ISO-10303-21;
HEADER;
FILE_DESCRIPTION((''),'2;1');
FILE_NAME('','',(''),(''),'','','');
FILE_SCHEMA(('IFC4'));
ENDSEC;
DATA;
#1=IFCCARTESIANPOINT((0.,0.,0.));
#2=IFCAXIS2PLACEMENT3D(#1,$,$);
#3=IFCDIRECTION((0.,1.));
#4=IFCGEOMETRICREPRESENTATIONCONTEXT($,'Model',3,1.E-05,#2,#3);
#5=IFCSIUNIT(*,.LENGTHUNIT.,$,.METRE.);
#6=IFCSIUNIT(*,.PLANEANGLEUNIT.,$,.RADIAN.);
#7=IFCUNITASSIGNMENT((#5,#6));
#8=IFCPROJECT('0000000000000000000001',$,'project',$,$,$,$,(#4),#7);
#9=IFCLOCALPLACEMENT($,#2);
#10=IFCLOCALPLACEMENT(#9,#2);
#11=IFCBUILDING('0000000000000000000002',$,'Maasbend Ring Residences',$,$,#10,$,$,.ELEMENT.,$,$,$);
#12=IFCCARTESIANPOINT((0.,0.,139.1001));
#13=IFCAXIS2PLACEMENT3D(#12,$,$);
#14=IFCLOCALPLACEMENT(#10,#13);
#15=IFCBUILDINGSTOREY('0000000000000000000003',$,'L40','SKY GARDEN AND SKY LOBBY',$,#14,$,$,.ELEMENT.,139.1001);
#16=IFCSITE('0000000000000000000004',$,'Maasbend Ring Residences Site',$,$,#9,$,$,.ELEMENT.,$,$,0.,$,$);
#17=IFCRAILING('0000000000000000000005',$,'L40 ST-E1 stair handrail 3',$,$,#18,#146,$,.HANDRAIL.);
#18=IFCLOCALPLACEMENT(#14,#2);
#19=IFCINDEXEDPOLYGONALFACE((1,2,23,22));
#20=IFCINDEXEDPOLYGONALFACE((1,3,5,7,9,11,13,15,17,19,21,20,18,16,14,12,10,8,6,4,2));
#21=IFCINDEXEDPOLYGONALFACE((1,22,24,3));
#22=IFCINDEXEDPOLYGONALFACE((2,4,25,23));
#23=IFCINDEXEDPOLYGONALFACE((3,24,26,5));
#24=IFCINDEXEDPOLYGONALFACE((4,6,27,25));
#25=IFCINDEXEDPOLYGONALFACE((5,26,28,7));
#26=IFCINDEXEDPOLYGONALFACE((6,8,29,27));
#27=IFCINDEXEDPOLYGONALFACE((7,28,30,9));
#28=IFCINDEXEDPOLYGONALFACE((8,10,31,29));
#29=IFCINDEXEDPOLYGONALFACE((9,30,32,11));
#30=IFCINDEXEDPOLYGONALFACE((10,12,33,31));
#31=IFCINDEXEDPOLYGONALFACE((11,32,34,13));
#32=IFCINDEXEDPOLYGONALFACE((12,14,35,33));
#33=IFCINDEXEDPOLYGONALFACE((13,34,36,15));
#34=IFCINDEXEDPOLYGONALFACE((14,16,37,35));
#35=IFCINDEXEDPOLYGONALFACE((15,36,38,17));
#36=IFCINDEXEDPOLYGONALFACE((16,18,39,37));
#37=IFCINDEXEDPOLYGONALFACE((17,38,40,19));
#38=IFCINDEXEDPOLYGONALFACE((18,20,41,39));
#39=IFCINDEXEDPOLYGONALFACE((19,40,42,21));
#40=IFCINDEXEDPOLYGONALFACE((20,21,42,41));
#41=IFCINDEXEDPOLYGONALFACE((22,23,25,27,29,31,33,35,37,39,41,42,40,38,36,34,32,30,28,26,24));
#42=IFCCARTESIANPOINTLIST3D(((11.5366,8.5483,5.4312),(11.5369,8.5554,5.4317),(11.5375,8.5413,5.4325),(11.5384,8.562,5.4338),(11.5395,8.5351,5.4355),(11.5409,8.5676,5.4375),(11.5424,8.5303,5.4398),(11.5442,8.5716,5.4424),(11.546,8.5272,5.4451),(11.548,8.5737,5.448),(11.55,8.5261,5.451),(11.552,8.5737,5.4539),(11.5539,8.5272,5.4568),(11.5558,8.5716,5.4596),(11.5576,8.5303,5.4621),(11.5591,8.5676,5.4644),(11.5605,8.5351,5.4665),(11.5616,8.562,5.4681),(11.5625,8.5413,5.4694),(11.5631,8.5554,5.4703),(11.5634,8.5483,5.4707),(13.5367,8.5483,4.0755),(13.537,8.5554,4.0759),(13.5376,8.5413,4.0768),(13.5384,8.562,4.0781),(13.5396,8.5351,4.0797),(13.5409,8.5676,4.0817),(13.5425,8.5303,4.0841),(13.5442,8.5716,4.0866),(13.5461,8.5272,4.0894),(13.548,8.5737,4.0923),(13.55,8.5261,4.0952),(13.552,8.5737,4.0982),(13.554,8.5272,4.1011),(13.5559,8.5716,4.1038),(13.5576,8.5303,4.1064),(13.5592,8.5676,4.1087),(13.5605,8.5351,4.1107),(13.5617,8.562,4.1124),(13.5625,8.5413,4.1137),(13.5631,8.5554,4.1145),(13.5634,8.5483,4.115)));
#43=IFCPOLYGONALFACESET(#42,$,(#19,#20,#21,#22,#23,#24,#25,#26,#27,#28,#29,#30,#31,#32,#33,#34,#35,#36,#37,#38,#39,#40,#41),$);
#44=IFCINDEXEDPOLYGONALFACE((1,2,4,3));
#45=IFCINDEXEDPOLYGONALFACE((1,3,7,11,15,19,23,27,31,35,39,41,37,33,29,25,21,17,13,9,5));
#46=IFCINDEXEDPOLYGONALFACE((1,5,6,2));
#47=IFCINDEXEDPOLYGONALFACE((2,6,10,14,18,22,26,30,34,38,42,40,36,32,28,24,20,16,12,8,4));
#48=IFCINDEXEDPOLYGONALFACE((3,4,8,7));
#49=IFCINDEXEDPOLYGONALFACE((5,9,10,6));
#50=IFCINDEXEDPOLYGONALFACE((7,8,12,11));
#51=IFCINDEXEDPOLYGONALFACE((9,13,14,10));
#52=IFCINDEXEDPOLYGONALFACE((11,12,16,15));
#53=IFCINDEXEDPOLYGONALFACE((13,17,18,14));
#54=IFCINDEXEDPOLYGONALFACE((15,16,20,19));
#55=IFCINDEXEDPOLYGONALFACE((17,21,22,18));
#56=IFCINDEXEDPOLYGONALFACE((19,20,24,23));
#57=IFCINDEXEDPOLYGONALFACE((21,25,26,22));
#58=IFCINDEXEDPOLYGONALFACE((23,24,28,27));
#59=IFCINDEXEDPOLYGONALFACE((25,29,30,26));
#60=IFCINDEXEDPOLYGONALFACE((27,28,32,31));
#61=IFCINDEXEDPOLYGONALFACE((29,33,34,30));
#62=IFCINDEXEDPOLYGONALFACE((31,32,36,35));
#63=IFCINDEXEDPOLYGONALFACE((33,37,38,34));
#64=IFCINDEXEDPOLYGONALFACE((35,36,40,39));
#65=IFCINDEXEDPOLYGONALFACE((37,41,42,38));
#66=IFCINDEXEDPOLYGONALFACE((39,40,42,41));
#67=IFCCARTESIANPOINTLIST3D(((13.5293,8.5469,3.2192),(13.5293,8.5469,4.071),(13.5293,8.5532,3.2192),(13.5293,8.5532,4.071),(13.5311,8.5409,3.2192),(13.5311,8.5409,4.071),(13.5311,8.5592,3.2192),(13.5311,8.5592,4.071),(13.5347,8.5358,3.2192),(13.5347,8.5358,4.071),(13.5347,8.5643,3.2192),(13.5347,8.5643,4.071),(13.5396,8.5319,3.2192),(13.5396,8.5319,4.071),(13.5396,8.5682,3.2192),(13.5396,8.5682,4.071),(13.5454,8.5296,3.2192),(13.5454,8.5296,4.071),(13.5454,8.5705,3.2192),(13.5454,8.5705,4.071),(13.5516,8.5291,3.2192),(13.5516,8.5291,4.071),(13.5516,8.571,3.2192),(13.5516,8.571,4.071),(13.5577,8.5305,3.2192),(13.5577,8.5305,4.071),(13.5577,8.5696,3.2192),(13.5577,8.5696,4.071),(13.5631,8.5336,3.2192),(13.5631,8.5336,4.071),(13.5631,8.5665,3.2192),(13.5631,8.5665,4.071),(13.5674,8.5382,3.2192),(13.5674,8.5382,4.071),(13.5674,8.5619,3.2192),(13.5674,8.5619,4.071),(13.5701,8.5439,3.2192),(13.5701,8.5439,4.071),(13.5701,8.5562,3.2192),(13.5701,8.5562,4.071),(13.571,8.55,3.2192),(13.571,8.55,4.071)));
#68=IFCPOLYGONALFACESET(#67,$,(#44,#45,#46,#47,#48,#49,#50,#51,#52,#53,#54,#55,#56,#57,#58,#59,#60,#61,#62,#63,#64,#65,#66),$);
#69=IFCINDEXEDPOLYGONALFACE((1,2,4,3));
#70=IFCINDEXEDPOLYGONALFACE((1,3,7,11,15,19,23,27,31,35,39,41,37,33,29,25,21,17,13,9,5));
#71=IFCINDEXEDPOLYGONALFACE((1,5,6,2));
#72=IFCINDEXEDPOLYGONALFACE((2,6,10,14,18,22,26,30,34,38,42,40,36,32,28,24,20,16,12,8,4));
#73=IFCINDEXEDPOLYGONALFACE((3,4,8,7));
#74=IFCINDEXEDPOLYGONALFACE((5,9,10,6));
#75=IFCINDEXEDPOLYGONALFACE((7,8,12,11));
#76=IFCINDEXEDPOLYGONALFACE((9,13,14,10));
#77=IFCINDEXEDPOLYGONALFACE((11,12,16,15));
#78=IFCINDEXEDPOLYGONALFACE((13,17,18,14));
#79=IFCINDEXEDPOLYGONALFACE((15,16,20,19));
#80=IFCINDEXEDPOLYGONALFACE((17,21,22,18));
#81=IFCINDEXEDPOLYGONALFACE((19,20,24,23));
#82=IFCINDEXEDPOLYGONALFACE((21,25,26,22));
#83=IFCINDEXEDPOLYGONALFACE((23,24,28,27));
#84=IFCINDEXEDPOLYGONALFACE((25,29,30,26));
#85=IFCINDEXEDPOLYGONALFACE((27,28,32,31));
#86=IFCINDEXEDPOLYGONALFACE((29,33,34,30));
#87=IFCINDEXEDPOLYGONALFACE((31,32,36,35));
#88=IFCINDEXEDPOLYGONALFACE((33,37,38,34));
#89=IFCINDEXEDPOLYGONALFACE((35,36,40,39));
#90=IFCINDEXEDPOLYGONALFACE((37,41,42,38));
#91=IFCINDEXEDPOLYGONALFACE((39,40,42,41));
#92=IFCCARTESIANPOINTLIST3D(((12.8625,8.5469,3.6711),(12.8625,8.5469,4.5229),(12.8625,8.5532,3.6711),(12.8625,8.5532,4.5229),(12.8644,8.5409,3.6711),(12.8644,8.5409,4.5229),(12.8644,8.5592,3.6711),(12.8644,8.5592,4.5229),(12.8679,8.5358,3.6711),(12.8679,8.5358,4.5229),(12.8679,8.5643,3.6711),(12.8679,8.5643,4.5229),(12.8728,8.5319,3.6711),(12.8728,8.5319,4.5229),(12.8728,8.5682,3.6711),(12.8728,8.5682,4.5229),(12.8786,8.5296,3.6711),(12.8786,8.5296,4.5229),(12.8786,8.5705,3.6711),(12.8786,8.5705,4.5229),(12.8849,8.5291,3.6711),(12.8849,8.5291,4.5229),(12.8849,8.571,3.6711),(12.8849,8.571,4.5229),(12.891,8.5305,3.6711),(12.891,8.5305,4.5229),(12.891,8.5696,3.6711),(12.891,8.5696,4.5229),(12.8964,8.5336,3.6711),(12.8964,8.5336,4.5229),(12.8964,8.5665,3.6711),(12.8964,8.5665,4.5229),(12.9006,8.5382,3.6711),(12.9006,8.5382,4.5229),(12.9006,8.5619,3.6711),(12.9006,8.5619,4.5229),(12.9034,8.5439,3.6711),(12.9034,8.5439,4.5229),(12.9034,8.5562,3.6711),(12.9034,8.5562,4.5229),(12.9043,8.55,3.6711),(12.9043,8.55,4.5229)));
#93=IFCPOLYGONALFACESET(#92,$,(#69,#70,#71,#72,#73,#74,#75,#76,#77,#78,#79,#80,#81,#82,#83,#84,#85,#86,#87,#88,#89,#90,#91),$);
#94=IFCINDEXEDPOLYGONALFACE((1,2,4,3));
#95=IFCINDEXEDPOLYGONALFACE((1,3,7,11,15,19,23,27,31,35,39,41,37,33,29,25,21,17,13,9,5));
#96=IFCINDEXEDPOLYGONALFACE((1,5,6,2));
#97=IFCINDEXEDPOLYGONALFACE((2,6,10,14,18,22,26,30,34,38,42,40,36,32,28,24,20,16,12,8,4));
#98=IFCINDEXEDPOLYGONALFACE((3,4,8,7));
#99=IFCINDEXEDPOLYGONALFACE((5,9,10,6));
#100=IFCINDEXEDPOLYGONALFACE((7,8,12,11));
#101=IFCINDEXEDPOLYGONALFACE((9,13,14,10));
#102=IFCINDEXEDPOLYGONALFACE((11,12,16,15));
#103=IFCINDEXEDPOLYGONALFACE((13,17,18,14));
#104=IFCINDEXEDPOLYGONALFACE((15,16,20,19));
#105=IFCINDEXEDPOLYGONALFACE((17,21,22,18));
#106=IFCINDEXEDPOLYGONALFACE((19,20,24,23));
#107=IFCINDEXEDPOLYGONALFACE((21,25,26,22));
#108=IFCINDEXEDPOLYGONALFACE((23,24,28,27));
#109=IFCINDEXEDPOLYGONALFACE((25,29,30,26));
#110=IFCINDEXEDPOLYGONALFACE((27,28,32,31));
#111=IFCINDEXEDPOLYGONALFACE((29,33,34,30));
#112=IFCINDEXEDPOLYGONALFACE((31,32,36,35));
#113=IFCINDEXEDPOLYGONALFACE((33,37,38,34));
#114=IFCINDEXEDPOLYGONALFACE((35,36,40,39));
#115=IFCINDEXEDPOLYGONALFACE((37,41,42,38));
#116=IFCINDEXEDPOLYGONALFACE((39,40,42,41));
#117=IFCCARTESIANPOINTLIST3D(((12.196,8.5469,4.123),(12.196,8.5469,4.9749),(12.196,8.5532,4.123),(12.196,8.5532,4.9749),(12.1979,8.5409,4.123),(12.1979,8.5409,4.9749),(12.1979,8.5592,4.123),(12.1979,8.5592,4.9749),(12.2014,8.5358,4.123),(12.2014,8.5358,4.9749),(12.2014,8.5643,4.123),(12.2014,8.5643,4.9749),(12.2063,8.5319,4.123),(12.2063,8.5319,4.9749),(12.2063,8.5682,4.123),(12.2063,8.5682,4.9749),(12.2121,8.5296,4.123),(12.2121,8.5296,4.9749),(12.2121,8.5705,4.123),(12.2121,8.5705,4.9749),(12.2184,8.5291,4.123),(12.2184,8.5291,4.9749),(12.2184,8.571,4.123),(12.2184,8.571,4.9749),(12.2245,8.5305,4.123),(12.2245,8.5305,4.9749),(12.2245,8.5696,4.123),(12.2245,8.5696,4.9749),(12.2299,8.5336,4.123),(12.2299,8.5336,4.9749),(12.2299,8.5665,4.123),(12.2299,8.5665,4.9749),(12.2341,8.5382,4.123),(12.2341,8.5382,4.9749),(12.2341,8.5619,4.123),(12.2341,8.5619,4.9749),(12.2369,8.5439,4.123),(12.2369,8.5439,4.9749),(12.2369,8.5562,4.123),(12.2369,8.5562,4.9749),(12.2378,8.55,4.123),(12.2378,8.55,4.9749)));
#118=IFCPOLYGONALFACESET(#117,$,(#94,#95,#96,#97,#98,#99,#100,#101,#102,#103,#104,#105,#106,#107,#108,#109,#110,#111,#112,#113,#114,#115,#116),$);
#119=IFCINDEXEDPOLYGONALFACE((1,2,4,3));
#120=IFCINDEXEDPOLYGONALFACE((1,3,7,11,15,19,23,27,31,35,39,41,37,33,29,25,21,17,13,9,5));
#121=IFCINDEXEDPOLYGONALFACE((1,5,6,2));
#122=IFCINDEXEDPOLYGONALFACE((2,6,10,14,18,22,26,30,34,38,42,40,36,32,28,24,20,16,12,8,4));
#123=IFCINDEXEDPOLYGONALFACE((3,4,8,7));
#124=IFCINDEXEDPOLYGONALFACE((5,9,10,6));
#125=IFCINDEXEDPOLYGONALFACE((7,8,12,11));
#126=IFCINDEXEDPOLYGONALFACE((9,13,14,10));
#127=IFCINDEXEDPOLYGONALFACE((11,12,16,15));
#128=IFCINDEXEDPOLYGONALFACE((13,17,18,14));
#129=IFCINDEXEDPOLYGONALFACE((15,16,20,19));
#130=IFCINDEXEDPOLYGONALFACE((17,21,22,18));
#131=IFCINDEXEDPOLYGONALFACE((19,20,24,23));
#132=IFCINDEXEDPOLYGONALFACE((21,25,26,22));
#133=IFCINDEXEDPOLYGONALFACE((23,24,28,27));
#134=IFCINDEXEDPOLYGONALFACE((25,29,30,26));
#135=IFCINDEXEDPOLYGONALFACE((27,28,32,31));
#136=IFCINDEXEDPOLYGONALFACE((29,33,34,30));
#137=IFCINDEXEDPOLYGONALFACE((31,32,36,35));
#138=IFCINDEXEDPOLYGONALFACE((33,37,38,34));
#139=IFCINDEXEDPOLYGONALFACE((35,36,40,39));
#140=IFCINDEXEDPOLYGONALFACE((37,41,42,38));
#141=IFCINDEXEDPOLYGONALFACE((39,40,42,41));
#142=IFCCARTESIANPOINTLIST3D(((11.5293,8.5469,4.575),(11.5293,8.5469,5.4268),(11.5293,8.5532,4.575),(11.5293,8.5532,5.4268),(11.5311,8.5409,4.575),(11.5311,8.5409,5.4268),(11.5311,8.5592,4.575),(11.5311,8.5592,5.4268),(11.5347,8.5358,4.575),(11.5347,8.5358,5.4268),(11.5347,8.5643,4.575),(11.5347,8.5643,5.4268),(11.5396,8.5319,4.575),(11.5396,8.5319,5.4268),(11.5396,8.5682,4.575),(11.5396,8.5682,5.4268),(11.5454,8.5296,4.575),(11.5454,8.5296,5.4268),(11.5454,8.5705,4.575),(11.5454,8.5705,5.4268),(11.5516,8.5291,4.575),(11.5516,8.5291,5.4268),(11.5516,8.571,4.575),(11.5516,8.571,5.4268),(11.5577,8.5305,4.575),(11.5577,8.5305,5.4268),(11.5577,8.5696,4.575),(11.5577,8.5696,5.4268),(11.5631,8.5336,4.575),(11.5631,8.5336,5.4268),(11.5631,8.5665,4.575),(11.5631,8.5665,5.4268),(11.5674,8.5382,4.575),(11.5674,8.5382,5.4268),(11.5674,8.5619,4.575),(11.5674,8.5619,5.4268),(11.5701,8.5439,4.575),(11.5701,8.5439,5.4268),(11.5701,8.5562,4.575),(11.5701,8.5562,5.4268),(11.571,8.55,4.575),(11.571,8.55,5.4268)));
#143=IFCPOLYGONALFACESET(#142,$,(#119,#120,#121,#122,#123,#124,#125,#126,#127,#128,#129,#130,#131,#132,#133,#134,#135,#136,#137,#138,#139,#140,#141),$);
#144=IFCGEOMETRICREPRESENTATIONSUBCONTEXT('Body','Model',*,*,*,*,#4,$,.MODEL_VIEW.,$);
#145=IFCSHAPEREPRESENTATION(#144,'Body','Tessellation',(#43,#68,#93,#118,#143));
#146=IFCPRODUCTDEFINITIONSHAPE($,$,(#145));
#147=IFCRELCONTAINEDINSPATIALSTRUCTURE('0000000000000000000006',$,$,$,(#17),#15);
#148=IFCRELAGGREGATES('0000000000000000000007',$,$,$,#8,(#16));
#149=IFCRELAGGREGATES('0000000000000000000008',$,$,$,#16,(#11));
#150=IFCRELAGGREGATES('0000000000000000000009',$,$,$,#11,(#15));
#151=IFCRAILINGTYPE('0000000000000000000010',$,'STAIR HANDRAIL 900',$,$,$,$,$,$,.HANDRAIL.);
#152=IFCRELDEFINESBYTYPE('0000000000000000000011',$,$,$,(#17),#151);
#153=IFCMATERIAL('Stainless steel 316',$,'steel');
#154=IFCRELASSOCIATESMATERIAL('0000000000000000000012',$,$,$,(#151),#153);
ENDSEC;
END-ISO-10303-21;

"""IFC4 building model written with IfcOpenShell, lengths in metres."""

from ifc_helpers import new_model, si_unit, direction, frame, origin, origin_2d, place, context, subcontext, project, spatial, circle, extrude, material, type_object, element, save


model = new_model("IFC4")

# Units and contexts
model_context = context("Model", 3, precision=1e-05, world=origin(), true_north=direction((0.0, 1.0)))
body_context = subcontext(model_context, "Body", "Model", "MODEL_VIEW")
ifc_project = project(units=[si_unit("LENGTHUNIT", "METRE"), si_unit("PLANEANGLEUNIT", "RADIAN")], contexts=[model_context])

# Site, building, storey
site_placement = place(None, origin())
site = spatial("IfcSite", under=ifc_project, at=site_placement, Name="Maasbend Ring Residences Site", CompositionType="ELEMENT", RefElevation=0.0)
building_placement = place(site_placement, origin())
building = spatial("IfcBuilding", under=site, at=building_placement, Name="Maasbend Ring Residences", CompositionType="ELEMENT")
storey_placement = place(building_placement, frame((0.0, 0.0, 139.1001)))
storey = spatial("IfcBuildingStorey", under=building, at=storey_placement, Name="L40", Description="SKY GARDEN AND SKY LOBBY", CompositionType="ELEMENT", Elevation=139.1001)

# Railing
ifc_material_1 = material(Name="Stainless steel 316", Category="steel")
railing_type_1 = type_object("IfcRailingType", Name="STAIR HANDRAIL 900", PredefinedType="HANDRAIL", material=ifc_material_1)
railing_1_placement = place(storey_placement, frame((13.55, 8.55, 3.2192)))
element("IfcRailing", 1, at=railing_1_placement, inside=storey, type_object=railing_type_1, Name="L40 ST-E1 stair handrail 3", PredefinedType="HANDRAIL", context=body_context, shape_type="SweptSolid", body=[
    extrude(circle(Radius=0.0239, at=origin_2d()), frame((0.0, 0.0, 0.876), z_axis=(-0.827751, 0.0, 0.561096), x_axis=(0.0, -1.0, 0.0)), (0.0, 0.0, 1.0), 2.4163),
    extrude(circle(Radius=0.021, at=origin_2d()), origin(), (0.0, 0.0, 1.0), 0.8518),
    extrude(circle(Radius=0.021, at=origin_2d()), frame((-0.6667, 0.0, 0.4519)), (0.0, 0.0, 1.0), 0.8518),
    extrude(circle(Radius=0.021, at=origin_2d()), frame((-1.3333, 0.0, 0.9038)), (0.0, 0.0, 1.0), 0.8518),
    extrude(circle(Radius=0.021, at=origin_2d()), frame((-2.0, 0.0, 1.3557)), (0.0, 0.0, 1.0), 0.8518),
])

save(model, "model.ifc")
